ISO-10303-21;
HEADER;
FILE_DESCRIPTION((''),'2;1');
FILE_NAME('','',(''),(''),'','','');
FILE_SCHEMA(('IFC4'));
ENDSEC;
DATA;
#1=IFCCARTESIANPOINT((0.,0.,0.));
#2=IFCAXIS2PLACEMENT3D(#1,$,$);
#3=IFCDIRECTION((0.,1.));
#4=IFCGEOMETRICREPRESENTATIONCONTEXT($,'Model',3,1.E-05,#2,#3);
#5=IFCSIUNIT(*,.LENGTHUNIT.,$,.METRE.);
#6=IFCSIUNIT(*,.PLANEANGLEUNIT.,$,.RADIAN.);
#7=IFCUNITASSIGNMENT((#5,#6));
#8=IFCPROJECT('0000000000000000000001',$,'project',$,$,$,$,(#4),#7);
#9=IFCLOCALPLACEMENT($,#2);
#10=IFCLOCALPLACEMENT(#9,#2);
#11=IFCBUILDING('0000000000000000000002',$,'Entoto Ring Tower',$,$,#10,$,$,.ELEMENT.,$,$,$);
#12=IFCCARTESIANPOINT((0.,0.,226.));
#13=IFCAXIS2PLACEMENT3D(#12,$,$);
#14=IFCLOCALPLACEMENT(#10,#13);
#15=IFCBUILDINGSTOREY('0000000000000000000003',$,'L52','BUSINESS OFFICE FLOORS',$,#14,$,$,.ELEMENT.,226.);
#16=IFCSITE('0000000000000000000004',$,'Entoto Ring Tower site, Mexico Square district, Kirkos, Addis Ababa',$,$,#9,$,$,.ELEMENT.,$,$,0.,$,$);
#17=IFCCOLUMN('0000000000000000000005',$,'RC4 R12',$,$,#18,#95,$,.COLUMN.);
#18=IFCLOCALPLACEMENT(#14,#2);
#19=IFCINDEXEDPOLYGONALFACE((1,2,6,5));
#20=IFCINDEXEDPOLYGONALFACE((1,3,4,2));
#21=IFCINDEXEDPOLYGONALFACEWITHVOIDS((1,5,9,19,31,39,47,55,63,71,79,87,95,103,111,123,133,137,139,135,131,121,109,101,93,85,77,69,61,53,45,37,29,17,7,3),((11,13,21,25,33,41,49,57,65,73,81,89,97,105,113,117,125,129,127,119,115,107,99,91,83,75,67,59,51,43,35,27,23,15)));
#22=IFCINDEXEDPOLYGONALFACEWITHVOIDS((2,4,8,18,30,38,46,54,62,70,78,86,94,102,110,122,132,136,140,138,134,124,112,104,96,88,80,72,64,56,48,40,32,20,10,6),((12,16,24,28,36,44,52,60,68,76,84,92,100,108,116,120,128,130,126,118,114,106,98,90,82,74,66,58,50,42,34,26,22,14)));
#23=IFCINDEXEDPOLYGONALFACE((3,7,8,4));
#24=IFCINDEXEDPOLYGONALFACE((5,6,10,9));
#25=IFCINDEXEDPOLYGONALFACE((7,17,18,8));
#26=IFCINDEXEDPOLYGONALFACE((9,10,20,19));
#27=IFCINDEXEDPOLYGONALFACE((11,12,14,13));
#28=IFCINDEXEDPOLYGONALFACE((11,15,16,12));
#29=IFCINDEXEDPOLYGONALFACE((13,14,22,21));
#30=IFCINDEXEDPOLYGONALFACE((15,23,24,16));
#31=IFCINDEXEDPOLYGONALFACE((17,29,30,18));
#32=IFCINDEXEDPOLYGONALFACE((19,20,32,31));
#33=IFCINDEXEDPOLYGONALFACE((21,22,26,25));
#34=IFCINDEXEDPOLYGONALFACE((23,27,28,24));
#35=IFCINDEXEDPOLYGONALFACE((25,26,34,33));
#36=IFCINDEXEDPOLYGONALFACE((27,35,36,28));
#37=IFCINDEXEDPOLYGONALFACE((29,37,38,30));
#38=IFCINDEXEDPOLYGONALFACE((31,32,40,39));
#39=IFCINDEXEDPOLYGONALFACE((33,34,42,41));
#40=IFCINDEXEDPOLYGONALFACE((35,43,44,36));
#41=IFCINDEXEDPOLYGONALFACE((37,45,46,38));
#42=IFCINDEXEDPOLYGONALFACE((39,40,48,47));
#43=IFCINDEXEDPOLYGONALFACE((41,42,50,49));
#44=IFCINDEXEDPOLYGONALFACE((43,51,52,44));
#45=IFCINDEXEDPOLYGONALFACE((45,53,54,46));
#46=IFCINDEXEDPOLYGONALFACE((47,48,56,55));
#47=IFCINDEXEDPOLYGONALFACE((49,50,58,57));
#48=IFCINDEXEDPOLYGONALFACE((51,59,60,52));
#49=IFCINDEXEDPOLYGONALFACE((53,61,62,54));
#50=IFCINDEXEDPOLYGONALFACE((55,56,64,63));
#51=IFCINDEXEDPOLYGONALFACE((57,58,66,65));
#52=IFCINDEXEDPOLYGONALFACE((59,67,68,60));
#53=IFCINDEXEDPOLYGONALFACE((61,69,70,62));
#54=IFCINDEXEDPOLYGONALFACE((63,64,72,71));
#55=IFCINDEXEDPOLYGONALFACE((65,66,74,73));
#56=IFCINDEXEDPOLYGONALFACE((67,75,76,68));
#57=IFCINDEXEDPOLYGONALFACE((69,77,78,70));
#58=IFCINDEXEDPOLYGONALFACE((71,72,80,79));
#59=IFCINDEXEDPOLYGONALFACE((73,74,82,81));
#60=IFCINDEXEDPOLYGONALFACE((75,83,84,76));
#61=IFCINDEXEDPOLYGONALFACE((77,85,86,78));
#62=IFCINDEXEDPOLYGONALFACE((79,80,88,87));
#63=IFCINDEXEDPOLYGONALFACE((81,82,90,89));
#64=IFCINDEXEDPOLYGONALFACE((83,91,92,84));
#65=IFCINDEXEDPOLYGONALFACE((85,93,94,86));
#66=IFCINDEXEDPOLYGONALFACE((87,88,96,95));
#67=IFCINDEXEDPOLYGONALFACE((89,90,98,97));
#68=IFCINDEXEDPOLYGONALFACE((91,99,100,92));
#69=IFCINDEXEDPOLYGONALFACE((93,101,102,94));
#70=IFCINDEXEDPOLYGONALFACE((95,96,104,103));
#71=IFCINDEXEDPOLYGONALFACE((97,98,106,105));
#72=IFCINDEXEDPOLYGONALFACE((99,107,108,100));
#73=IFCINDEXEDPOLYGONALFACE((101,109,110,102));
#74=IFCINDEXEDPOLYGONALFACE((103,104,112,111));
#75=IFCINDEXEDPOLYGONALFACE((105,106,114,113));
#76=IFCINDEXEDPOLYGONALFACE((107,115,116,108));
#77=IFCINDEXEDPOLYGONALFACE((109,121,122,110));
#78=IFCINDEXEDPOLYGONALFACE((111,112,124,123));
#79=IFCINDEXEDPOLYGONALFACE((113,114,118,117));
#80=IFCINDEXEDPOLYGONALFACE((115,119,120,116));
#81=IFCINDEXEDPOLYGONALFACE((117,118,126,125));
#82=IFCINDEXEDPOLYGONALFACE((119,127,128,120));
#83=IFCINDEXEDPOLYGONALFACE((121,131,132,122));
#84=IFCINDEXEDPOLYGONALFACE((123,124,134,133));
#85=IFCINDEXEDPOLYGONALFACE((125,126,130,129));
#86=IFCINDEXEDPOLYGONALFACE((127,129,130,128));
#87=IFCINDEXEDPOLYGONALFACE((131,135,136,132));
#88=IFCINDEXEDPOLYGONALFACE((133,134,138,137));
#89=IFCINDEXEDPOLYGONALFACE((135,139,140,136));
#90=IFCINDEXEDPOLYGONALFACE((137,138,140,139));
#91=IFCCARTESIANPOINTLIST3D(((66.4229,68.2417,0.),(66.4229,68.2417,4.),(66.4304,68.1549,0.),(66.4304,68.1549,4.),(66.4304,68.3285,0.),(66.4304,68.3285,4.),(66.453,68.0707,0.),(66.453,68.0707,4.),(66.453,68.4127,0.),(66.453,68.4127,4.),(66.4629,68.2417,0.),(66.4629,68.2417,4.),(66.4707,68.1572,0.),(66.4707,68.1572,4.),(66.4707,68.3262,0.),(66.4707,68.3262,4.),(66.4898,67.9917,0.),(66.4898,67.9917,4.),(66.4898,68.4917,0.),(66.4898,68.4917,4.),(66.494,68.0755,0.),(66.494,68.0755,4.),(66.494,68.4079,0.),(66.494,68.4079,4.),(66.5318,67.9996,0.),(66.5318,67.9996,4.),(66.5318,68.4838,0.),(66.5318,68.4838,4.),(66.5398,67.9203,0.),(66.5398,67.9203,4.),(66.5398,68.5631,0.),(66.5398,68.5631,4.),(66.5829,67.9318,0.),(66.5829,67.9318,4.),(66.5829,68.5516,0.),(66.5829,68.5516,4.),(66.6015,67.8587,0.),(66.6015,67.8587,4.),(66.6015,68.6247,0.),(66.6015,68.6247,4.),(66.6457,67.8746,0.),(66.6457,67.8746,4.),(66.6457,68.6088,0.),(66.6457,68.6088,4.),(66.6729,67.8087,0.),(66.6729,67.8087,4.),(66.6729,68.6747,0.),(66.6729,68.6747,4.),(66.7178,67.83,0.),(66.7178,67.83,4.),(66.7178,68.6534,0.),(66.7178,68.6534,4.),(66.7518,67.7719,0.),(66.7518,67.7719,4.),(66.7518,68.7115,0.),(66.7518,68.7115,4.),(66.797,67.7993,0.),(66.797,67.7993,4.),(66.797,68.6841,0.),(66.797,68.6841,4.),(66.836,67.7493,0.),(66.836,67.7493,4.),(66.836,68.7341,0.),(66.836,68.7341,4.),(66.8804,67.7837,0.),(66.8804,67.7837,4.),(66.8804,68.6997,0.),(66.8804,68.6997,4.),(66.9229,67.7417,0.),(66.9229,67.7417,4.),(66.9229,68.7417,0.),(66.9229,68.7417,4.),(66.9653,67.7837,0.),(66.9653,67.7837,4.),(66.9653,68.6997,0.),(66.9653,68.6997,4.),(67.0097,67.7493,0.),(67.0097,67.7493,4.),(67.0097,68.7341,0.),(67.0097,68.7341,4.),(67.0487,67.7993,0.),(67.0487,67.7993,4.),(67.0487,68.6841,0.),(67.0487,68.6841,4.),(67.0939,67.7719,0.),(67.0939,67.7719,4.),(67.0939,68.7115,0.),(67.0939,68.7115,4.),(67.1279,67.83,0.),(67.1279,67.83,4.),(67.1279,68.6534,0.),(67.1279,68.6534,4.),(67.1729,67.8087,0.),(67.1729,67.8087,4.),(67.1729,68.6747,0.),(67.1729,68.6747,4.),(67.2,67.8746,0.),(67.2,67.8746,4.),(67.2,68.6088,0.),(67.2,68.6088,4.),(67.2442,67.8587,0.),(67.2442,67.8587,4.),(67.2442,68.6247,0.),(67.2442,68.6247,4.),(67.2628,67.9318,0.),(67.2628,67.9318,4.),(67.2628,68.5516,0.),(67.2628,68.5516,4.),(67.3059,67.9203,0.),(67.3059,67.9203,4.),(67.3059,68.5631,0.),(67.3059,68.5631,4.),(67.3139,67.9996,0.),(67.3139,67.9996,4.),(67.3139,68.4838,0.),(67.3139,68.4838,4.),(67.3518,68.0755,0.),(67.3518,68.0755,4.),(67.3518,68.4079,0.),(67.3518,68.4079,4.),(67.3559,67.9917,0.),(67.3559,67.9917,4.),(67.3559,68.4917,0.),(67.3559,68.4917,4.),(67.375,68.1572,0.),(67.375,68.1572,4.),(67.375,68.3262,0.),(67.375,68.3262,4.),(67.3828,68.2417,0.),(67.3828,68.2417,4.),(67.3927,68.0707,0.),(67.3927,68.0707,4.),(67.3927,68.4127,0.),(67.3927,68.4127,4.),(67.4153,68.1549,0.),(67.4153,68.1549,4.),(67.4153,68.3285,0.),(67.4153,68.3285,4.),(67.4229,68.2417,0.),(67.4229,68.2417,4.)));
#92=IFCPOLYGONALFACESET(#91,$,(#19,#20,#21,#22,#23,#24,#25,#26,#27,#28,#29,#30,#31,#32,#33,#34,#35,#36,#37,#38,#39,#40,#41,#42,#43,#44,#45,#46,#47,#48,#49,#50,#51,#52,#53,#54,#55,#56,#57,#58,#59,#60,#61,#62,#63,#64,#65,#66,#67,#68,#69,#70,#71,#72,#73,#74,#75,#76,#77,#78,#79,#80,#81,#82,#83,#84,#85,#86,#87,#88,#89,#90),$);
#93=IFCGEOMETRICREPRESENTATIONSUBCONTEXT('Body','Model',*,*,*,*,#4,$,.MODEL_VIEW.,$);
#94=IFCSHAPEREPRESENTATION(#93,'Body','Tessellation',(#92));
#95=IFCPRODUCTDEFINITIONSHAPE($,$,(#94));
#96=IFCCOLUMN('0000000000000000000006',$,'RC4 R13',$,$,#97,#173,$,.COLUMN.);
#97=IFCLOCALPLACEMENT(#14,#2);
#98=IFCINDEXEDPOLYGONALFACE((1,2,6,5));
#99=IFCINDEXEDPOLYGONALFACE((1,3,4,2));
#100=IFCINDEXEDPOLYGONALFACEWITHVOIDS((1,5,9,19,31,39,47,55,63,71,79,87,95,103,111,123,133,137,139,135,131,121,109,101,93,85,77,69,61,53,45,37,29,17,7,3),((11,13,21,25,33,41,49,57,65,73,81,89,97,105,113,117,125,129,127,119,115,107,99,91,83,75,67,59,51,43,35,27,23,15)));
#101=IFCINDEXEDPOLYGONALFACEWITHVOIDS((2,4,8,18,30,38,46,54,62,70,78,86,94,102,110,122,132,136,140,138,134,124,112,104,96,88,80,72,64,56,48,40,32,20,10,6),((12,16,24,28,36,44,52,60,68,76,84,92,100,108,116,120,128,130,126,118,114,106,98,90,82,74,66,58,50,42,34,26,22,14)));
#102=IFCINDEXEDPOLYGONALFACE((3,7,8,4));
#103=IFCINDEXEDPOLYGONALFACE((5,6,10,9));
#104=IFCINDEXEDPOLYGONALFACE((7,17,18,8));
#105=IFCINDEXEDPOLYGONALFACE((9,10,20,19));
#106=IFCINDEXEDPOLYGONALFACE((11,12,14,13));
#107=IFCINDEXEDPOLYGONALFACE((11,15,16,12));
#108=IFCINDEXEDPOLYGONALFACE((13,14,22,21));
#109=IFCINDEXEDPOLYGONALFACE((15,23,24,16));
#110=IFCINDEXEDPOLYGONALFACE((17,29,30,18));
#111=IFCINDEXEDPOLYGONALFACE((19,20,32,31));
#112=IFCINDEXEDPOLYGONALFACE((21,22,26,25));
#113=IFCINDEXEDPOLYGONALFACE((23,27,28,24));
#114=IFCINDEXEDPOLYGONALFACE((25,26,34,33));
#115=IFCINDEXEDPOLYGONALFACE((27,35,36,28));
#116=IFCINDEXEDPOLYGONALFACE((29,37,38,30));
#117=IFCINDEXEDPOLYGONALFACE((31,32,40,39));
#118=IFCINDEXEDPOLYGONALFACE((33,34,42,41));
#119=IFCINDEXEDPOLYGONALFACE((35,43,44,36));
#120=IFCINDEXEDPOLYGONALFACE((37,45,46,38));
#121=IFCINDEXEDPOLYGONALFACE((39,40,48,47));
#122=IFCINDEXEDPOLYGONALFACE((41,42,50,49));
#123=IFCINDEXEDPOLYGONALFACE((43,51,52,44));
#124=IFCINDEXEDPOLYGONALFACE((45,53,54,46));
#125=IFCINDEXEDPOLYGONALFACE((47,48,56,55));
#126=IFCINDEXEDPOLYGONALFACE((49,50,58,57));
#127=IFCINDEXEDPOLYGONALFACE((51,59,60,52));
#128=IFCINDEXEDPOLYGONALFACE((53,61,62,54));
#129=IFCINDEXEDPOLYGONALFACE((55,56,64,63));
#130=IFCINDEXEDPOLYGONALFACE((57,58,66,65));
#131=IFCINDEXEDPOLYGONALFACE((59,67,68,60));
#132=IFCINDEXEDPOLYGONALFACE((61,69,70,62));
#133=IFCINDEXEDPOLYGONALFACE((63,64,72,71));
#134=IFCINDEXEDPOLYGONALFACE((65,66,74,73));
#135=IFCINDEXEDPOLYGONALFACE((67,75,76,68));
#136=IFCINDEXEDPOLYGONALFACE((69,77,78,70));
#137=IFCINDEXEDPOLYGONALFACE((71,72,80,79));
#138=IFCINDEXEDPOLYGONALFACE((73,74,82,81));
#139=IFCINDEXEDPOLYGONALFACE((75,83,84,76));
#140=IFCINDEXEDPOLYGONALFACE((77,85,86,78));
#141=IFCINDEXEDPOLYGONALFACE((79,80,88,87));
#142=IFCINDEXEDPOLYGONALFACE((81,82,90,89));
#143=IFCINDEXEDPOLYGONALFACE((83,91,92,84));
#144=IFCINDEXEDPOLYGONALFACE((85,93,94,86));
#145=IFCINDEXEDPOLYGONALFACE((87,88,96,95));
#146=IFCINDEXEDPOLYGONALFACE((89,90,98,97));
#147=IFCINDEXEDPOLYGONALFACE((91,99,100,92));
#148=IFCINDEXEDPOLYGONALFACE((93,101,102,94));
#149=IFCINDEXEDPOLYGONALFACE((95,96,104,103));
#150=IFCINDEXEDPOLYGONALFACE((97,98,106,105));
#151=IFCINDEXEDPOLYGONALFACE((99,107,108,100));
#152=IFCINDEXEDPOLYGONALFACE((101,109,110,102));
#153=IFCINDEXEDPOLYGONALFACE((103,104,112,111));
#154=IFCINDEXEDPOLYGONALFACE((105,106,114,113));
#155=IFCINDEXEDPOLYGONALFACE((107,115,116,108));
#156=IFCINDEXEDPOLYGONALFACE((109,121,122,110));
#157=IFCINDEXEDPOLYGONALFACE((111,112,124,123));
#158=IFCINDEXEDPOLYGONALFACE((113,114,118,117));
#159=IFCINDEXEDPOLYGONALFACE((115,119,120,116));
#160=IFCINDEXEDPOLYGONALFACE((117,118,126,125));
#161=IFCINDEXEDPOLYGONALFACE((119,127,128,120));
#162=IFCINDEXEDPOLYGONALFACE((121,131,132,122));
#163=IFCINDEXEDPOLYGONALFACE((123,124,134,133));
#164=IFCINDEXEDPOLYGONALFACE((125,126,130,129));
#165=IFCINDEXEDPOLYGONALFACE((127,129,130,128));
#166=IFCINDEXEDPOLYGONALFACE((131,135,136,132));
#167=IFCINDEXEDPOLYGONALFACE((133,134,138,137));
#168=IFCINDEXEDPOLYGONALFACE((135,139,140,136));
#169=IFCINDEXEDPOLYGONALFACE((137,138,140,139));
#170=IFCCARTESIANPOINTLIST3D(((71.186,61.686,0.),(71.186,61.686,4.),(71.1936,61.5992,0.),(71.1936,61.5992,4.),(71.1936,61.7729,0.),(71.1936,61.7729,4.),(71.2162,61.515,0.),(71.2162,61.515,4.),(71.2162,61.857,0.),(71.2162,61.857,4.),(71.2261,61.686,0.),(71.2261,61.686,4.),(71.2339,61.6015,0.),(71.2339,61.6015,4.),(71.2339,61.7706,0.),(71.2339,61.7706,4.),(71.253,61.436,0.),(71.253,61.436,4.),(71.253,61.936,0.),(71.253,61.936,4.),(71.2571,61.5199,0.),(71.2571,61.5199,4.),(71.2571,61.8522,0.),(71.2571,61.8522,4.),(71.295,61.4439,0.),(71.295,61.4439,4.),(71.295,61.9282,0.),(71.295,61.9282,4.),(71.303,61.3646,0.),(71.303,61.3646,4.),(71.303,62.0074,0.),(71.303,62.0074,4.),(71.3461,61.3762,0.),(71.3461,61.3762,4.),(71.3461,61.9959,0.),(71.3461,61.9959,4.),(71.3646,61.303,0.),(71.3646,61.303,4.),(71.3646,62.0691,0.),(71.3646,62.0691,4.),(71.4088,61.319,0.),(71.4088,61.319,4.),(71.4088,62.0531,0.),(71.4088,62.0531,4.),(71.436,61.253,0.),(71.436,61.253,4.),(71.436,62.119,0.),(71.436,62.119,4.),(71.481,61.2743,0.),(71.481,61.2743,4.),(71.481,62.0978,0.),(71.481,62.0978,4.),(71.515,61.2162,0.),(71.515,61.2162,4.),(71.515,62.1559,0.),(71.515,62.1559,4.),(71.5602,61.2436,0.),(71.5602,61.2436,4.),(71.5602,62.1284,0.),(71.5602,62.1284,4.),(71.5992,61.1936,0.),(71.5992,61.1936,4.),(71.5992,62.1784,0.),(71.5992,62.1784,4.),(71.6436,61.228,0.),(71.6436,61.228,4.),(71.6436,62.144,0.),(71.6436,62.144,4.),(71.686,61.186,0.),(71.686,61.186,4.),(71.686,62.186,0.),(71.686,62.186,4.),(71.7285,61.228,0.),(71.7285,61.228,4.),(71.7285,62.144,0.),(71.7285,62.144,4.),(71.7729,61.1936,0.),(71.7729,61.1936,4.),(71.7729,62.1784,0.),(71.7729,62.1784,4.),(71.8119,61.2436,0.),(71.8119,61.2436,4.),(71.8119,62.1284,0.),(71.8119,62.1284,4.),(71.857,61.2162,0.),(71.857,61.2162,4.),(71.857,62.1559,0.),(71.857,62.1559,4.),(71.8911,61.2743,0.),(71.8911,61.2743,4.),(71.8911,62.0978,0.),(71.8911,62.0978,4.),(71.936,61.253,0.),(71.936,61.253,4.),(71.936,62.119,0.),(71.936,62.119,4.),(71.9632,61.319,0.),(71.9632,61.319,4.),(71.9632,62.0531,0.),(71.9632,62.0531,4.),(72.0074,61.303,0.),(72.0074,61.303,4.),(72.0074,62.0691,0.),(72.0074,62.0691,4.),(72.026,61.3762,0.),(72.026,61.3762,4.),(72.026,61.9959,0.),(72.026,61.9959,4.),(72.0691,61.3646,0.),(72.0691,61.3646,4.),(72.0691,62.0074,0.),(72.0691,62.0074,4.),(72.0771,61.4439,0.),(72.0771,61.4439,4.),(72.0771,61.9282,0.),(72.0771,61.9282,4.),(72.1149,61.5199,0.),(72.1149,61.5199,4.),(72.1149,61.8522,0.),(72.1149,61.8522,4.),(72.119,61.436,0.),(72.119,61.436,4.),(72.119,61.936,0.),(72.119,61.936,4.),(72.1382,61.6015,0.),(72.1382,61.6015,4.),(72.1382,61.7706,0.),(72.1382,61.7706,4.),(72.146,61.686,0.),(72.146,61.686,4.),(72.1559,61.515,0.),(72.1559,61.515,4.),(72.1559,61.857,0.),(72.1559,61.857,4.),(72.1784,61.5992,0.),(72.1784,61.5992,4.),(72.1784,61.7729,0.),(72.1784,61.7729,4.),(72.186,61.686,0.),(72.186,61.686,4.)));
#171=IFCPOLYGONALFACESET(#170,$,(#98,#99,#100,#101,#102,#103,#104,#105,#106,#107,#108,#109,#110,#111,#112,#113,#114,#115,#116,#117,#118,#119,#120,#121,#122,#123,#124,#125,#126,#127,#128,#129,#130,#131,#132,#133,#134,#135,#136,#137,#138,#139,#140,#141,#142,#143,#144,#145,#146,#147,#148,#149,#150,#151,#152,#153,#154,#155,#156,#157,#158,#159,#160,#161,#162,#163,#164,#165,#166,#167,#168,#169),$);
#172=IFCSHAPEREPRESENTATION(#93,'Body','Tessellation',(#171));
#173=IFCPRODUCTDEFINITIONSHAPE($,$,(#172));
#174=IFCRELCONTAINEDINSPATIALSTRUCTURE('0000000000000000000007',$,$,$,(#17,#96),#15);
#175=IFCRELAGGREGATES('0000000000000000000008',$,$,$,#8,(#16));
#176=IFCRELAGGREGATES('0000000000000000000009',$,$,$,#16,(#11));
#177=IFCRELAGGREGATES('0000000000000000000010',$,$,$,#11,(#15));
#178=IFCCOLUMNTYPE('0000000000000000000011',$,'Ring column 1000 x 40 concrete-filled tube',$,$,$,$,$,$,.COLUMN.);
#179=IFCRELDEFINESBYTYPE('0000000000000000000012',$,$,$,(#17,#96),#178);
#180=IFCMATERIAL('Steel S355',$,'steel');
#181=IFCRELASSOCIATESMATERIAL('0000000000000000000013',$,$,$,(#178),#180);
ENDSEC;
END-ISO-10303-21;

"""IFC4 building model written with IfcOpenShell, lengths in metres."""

from ifc_helpers import new_model, si_unit, direction, frame, origin, origin_2d, place, context, subcontext, project, spatial, circle, hollow_circle, extrude, material, material_profile, profile_set, type_object, element, save


model = new_model("IFC4")

# Units and contexts
model_context = context("Model", 3, precision=1e-05, world=origin(), true_north=direction((0.0, 1.0)))
body_context = subcontext(model_context, "Body", "Model", "MODEL_VIEW")
ifc_project = project(units=[si_unit("LENGTHUNIT", "METRE"), si_unit("PLANEANGLEUNIT", "RADIAN")], contexts=[model_context])

# Site, building, storey
site_placement = place(None, origin())
site = spatial("IfcSite", under=ifc_project, at=site_placement, Name="Entoto Ring Tower site, Mexico Square district, Kirkos, Addis Ababa", CompositionType="ELEMENT", RefElevation=0.0)
building_placement = place(site_placement, origin())
building = spatial("IfcBuilding", under=site, at=building_placement, Name="Entoto Ring Tower", CompositionType="ELEMENT")
storey_placement = place(building_placement, frame((0.0, 0.0, 226.0)))
storey = spatial("IfcBuildingStorey", under=building, at=storey_placement, Name="L52", Description="BUSINESS OFFICE FLOORS", CompositionType="ELEMENT", Elevation=226.0)

# Columns
ifc_material_1 = material(Name="Steel S355", Category="steel")
ifc_material_profile_1 = material_profile(ifc_material_1, hollow_circle(Radius=0.5, WallThickness=0.04, at=origin_2d()), Name="CHS 1000 x 40")
ifc_material_2 = material(Name="Concrete C60/75", Category="concrete")
ifc_material_profile_2 = material_profile(ifc_material_2, circle(Radius=0.46, at=origin_2d()), Name="Concrete C60/75 infill")
ifc_profile_set_1 = profile_set([ifc_material_profile_1, ifc_material_profile_2], Name="Steel S355")
column_type = type_object("IfcColumnType", Name="Ring column 1000 x 40 concrete-filled tube", PredefinedType="COLUMN", material=ifc_profile_set_1)
for number, where, z_axis, x_axis, name in (
    (1, (66.9229, 68.2417, 0.0), (0.0, 0.0, 1.0), (1.0, 0.0, 0.0), "RC4 R12"),
    (2, (71.686, 61.686, 0.0), (0.0, 0.0, 1.0), (1.0, 0.0, 0.0), "RC4 R13"),
):
    element("IfcColumn", number, at=place(storey_placement, frame(where, z_axis=z_axis, x_axis=x_axis)), inside=storey, type_object=column_type, Name=name, PredefinedType="COLUMN", context=body_context, shape_type="SweptSolid", body=[
        extrude(hollow_circle(Radius=0.5, WallThickness=0.04, at=origin_2d()), origin(), (0.0, 0.0, 1.0), 4.0),
    ])

save(model, "model.ifc")
